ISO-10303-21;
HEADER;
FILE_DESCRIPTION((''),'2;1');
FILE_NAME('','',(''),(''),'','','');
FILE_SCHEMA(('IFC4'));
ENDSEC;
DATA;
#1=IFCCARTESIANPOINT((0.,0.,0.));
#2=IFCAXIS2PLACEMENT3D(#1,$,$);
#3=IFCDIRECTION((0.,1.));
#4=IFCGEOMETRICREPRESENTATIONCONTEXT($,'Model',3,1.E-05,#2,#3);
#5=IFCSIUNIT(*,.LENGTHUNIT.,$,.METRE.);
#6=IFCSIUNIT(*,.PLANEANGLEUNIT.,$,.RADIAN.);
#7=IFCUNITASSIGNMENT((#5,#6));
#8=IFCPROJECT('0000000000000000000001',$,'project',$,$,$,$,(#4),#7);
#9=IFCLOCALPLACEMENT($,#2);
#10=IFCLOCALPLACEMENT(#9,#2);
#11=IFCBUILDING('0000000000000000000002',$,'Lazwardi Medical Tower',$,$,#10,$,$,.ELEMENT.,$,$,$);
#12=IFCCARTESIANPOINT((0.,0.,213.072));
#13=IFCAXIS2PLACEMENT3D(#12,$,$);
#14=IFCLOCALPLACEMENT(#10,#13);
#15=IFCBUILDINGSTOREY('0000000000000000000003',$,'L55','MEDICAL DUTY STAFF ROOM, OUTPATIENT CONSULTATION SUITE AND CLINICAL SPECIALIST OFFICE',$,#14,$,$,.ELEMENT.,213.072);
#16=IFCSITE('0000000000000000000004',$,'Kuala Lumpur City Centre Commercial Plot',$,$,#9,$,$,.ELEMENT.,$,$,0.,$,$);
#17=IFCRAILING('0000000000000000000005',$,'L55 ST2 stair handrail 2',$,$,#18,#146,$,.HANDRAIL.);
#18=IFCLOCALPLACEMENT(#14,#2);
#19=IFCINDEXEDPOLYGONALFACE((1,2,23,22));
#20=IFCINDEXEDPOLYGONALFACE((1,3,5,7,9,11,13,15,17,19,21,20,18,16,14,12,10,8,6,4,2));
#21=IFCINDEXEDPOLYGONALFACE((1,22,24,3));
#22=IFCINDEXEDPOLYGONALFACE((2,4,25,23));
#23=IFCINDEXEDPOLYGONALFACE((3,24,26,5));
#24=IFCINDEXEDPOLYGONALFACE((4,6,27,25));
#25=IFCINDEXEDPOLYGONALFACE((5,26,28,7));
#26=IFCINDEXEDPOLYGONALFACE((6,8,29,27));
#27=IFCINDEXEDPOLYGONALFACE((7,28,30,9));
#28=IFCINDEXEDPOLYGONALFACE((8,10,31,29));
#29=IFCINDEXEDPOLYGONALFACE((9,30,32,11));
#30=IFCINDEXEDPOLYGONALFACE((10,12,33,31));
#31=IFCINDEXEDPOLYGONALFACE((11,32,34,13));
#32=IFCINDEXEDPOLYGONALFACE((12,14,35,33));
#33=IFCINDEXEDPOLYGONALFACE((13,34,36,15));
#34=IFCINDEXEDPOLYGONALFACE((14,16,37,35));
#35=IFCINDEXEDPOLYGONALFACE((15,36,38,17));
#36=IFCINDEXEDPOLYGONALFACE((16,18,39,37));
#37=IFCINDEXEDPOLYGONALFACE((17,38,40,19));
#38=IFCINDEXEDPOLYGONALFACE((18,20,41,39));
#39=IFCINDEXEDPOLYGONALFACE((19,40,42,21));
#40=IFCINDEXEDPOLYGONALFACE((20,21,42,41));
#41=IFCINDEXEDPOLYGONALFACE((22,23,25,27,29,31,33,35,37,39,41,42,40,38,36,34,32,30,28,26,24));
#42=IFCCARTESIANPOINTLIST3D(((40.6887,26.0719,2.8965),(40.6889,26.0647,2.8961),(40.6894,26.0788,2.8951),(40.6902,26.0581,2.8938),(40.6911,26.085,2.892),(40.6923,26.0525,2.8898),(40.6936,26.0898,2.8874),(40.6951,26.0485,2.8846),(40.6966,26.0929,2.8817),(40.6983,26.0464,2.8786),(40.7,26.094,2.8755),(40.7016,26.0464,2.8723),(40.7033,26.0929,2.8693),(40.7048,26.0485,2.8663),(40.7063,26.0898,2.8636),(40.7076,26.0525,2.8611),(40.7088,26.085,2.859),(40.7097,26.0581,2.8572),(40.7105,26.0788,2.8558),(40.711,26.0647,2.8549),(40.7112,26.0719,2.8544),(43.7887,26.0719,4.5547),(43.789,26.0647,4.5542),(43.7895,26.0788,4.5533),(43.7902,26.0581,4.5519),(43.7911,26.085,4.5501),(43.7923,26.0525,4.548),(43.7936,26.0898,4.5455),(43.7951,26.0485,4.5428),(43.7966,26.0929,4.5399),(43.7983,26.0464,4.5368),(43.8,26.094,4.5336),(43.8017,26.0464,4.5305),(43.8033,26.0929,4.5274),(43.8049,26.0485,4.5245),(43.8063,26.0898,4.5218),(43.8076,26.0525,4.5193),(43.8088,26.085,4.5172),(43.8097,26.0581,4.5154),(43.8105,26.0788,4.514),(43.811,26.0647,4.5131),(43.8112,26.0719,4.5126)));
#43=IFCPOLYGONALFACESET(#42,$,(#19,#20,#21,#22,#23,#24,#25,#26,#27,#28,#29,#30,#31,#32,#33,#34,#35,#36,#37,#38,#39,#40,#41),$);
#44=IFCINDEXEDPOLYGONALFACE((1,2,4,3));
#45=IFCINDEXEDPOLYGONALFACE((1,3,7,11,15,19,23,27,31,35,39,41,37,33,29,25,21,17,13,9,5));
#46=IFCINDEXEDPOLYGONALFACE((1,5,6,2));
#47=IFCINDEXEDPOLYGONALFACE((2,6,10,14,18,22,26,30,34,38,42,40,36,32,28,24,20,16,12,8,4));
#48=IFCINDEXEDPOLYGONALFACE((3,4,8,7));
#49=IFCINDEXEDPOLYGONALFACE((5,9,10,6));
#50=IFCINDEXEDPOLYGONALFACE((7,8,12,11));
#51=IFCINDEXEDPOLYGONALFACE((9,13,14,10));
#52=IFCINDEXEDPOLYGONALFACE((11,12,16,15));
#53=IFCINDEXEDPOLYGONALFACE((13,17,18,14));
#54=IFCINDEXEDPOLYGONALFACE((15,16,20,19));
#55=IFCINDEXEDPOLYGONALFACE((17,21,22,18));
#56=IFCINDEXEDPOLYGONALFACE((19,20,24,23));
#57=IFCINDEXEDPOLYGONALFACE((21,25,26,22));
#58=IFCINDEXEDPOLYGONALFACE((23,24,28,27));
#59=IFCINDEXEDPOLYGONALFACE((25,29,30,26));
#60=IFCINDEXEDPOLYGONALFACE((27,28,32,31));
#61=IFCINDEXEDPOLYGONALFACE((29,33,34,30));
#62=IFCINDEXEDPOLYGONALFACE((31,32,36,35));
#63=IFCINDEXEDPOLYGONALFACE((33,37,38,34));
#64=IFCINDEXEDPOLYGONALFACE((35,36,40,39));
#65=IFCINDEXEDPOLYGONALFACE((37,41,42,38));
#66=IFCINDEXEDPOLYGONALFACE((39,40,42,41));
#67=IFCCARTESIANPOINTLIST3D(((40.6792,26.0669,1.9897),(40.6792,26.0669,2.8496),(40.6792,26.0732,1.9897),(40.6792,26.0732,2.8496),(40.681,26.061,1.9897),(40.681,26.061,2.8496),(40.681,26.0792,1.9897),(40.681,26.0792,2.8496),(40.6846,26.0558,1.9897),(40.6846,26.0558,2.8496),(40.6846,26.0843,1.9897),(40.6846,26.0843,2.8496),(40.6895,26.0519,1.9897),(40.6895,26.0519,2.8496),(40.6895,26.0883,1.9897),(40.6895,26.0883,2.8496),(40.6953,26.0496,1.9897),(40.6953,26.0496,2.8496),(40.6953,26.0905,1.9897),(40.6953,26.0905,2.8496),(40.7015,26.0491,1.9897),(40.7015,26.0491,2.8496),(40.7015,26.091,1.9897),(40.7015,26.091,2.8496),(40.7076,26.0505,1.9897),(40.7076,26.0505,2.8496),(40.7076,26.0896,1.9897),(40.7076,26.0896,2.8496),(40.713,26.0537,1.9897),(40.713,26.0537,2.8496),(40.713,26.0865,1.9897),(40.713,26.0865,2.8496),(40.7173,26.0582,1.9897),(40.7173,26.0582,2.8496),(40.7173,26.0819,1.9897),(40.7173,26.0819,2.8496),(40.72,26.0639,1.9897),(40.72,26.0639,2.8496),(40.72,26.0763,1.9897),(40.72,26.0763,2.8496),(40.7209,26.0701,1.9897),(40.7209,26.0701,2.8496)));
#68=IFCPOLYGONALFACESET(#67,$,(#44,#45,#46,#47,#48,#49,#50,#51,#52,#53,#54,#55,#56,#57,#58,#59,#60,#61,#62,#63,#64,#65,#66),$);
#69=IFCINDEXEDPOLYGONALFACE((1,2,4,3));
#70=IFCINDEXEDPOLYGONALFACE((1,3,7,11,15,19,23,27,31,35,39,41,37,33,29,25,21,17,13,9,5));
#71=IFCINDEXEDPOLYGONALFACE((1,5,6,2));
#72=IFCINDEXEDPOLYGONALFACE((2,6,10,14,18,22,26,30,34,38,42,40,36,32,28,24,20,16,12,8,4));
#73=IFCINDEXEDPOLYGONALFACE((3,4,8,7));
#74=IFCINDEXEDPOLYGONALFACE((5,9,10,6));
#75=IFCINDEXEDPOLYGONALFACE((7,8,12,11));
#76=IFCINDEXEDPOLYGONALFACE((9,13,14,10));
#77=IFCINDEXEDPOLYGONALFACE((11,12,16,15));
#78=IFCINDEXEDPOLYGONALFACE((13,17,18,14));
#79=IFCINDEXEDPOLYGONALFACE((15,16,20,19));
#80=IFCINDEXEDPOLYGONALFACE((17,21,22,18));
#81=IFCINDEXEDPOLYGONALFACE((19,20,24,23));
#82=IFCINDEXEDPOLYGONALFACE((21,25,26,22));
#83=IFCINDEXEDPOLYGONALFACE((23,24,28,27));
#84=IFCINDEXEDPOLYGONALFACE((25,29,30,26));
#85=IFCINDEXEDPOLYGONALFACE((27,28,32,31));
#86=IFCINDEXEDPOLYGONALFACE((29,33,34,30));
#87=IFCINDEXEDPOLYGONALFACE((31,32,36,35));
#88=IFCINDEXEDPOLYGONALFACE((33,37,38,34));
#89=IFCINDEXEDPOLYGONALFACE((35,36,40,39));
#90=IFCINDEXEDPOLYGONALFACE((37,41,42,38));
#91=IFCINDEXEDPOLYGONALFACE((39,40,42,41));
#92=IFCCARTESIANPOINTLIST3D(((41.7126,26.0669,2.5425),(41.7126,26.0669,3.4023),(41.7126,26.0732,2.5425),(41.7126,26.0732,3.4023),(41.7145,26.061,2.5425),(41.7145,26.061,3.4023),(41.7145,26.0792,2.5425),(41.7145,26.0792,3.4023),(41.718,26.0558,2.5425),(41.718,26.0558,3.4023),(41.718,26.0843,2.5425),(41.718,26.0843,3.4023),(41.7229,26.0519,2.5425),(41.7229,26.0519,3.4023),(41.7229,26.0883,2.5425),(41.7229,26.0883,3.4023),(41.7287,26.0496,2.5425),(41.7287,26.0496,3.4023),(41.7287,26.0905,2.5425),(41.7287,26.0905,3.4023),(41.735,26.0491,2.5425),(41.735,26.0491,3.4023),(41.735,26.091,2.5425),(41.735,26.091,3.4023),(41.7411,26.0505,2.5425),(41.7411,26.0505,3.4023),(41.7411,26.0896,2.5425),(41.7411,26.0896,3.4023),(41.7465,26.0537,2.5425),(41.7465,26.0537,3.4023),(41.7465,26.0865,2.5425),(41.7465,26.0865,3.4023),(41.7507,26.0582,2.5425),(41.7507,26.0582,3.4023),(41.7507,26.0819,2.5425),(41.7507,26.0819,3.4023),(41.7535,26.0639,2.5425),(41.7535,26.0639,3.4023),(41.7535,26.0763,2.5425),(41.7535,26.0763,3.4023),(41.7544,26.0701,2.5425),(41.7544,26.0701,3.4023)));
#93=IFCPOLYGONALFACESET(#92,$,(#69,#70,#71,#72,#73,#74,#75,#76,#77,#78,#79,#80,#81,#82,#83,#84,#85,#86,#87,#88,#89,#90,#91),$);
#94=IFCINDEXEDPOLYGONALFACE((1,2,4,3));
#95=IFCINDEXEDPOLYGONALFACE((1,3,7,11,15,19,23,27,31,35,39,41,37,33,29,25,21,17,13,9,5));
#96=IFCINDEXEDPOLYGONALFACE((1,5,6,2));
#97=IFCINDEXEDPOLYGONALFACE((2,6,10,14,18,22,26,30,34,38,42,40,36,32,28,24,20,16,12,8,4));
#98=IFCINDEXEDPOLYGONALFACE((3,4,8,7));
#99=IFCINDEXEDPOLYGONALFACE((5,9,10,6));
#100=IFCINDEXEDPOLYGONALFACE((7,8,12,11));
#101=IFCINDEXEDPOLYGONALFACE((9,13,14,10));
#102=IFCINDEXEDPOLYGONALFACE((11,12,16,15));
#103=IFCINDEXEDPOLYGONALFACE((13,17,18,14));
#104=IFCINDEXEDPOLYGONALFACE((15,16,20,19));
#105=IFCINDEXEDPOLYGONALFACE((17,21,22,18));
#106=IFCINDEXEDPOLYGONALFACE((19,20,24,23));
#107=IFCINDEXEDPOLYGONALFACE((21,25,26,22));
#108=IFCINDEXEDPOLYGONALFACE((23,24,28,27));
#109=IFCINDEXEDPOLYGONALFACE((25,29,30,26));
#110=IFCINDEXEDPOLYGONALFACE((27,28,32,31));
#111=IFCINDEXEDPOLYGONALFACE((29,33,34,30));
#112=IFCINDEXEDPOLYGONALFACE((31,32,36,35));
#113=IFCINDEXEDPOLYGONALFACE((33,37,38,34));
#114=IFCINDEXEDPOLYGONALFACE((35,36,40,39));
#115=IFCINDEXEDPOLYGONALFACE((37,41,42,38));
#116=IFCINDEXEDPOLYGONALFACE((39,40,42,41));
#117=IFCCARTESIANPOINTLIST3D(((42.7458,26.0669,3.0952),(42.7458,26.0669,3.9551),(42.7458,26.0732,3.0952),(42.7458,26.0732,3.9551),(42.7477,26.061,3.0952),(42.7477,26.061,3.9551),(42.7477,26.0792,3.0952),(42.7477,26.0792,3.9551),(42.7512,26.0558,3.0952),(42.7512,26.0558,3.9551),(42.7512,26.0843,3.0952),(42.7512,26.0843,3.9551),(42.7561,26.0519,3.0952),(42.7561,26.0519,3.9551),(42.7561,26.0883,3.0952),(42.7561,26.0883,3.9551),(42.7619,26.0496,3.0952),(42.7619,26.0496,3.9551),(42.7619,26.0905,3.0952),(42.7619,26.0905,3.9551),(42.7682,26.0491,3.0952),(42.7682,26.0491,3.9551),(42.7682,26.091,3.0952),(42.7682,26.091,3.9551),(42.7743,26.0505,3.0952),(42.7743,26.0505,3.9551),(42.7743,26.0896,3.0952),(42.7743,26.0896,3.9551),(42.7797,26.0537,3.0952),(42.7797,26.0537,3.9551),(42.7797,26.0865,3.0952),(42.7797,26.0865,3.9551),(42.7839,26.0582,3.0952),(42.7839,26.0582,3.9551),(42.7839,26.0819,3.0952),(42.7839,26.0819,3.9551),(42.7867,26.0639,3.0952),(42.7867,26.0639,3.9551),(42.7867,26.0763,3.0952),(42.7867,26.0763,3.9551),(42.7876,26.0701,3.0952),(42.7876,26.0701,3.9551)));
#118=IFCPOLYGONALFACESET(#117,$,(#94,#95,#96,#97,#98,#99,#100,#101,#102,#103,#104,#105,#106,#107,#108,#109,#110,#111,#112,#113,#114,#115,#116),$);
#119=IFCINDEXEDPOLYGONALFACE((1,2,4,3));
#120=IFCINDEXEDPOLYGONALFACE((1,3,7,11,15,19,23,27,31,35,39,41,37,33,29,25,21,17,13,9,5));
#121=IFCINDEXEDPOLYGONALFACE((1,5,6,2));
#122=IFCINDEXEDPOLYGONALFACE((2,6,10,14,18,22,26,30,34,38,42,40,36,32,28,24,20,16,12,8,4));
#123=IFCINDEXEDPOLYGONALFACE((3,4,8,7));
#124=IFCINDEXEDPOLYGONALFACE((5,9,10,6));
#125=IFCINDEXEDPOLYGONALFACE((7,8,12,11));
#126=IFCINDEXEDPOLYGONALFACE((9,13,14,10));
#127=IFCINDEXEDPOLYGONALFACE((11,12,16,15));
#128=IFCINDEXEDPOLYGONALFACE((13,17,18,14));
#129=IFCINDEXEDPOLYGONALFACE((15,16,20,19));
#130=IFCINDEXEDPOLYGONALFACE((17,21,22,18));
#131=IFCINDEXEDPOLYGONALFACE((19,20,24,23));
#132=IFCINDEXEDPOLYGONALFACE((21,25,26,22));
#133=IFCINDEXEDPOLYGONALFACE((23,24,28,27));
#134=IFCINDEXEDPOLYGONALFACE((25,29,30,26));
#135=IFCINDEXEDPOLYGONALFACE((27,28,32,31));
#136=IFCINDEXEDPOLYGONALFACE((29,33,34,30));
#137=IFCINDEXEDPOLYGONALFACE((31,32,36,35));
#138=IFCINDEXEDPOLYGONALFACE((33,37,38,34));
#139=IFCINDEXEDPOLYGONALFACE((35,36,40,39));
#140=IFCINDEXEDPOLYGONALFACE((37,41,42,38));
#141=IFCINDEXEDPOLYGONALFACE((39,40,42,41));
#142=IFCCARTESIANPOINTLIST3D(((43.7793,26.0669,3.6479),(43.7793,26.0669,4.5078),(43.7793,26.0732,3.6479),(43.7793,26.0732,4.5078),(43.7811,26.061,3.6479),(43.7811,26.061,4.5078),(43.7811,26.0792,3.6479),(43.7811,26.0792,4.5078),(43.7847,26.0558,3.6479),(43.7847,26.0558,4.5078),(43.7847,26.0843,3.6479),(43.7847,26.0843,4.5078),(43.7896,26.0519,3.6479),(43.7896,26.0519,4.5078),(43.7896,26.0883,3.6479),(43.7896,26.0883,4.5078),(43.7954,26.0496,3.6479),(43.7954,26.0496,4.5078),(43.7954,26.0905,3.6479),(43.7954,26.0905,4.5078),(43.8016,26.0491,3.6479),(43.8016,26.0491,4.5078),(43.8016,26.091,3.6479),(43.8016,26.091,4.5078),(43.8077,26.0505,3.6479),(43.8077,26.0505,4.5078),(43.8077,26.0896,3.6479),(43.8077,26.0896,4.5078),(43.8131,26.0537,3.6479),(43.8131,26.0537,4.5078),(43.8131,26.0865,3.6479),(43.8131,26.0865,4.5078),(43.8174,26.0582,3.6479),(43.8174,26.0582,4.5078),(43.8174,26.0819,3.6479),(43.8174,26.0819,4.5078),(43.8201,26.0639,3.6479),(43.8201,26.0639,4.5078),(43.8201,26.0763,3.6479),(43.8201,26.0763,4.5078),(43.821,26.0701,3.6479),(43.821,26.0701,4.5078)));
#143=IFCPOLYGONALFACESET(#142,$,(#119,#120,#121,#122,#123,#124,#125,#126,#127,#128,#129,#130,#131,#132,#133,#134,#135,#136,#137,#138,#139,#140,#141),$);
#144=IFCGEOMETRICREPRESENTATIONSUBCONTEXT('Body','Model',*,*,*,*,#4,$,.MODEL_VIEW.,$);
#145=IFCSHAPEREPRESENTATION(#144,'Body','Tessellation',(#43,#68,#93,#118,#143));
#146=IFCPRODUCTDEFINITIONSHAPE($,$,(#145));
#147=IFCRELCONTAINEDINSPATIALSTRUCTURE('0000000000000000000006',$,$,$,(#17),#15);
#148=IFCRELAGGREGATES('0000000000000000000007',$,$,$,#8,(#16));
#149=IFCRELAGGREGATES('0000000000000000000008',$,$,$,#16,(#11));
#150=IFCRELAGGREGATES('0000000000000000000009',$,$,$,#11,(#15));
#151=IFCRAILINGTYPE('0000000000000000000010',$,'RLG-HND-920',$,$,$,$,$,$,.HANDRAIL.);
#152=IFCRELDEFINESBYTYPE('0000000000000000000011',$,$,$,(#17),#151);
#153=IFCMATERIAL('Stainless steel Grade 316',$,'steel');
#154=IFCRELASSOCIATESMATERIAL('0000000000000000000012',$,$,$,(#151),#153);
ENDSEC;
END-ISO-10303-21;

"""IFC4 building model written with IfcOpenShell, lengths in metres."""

from ifc_helpers import new_model, si_unit, direction, frame, origin, origin_2d, place, context, subcontext, project, spatial, circle, extrude, material, type_object, element, save


model = new_model("IFC4")

# Units and contexts
model_context = context("Model", 3, precision=1e-05, world=origin(), true_north=direction((0.0, 1.0)))
body_context = subcontext(model_context, "Body", "Model", "MODEL_VIEW")
ifc_project = project(units=[si_unit("LENGTHUNIT", "METRE"), si_unit("PLANEANGLEUNIT", "RADIAN")], contexts=[model_context])

# Site, building, storey
site_placement = place(None, origin())
site = spatial("IfcSite", under=ifc_project, at=site_placement, Name="Kuala Lumpur City Centre Commercial Plot", CompositionType="ELEMENT", RefElevation=0.0)
building_placement = place(site_placement, origin())
building = spatial("IfcBuilding", under=site, at=building_placement, Name="Lazwardi Medical Tower", CompositionType="ELEMENT")
storey_placement = place(building_placement, frame((0.0, 0.0, 213.072)))
storey = spatial("IfcBuildingStorey", under=building, at=storey_placement, Name="L55", Description="MEDICAL DUTY STAFF ROOM, OUTPATIENT CONSULTATION SUITE AND CLINICAL SPECIALIST OFFICE", CompositionType="ELEMENT", Elevation=213.072)

# Railing
ifc_material_1 = material(Name="Stainless steel Grade 316", Category="steel")
railing_type_1 = type_object("IfcRailingType", Name="RLG-HND-920", PredefinedType="HANDRAIL", material=ifc_material_1)
railing_1_placement = place(storey_placement, frame((40.7, 26.0701, 1.9897)))
element("IfcRailing", 1, at=railing_1_placement, inside=storey, type_object=railing_type_1, Name="L55 ST2 stair handrail 2", PredefinedType="HANDRAIL", context=body_context, shape_type="SweptSolid", body=[
    extrude(circle(Radius=0.0239, at=origin_2d()), frame((0.0, 0.0, 0.8857), z_axis=(0.881783, 0.0, 0.471655), x_axis=(0.0, 1.0, 0.0)), (0.0, 0.0, 1.0), 3.5156),
    extrude(circle(Radius=0.021, at=origin_2d()), origin(), (0.0, 0.0, 1.0), 0.8599),
    extrude(circle(Radius=0.021, at=origin_2d()), frame((1.0334, 0.0, 0.5527)), (0.0, 0.0, 1.0), 0.8599),
    extrude(circle(Radius=0.021, at=origin_2d()), frame((2.0667, 0.0, 1.1055)), (0.0, 0.0, 1.0), 0.8599),
    extrude(circle(Radius=0.021, at=origin_2d()), frame((3.1001, 0.0, 1.6582)), (0.0, 0.0, 1.0), 0.8599),
])

save(model, "model.ifc")
